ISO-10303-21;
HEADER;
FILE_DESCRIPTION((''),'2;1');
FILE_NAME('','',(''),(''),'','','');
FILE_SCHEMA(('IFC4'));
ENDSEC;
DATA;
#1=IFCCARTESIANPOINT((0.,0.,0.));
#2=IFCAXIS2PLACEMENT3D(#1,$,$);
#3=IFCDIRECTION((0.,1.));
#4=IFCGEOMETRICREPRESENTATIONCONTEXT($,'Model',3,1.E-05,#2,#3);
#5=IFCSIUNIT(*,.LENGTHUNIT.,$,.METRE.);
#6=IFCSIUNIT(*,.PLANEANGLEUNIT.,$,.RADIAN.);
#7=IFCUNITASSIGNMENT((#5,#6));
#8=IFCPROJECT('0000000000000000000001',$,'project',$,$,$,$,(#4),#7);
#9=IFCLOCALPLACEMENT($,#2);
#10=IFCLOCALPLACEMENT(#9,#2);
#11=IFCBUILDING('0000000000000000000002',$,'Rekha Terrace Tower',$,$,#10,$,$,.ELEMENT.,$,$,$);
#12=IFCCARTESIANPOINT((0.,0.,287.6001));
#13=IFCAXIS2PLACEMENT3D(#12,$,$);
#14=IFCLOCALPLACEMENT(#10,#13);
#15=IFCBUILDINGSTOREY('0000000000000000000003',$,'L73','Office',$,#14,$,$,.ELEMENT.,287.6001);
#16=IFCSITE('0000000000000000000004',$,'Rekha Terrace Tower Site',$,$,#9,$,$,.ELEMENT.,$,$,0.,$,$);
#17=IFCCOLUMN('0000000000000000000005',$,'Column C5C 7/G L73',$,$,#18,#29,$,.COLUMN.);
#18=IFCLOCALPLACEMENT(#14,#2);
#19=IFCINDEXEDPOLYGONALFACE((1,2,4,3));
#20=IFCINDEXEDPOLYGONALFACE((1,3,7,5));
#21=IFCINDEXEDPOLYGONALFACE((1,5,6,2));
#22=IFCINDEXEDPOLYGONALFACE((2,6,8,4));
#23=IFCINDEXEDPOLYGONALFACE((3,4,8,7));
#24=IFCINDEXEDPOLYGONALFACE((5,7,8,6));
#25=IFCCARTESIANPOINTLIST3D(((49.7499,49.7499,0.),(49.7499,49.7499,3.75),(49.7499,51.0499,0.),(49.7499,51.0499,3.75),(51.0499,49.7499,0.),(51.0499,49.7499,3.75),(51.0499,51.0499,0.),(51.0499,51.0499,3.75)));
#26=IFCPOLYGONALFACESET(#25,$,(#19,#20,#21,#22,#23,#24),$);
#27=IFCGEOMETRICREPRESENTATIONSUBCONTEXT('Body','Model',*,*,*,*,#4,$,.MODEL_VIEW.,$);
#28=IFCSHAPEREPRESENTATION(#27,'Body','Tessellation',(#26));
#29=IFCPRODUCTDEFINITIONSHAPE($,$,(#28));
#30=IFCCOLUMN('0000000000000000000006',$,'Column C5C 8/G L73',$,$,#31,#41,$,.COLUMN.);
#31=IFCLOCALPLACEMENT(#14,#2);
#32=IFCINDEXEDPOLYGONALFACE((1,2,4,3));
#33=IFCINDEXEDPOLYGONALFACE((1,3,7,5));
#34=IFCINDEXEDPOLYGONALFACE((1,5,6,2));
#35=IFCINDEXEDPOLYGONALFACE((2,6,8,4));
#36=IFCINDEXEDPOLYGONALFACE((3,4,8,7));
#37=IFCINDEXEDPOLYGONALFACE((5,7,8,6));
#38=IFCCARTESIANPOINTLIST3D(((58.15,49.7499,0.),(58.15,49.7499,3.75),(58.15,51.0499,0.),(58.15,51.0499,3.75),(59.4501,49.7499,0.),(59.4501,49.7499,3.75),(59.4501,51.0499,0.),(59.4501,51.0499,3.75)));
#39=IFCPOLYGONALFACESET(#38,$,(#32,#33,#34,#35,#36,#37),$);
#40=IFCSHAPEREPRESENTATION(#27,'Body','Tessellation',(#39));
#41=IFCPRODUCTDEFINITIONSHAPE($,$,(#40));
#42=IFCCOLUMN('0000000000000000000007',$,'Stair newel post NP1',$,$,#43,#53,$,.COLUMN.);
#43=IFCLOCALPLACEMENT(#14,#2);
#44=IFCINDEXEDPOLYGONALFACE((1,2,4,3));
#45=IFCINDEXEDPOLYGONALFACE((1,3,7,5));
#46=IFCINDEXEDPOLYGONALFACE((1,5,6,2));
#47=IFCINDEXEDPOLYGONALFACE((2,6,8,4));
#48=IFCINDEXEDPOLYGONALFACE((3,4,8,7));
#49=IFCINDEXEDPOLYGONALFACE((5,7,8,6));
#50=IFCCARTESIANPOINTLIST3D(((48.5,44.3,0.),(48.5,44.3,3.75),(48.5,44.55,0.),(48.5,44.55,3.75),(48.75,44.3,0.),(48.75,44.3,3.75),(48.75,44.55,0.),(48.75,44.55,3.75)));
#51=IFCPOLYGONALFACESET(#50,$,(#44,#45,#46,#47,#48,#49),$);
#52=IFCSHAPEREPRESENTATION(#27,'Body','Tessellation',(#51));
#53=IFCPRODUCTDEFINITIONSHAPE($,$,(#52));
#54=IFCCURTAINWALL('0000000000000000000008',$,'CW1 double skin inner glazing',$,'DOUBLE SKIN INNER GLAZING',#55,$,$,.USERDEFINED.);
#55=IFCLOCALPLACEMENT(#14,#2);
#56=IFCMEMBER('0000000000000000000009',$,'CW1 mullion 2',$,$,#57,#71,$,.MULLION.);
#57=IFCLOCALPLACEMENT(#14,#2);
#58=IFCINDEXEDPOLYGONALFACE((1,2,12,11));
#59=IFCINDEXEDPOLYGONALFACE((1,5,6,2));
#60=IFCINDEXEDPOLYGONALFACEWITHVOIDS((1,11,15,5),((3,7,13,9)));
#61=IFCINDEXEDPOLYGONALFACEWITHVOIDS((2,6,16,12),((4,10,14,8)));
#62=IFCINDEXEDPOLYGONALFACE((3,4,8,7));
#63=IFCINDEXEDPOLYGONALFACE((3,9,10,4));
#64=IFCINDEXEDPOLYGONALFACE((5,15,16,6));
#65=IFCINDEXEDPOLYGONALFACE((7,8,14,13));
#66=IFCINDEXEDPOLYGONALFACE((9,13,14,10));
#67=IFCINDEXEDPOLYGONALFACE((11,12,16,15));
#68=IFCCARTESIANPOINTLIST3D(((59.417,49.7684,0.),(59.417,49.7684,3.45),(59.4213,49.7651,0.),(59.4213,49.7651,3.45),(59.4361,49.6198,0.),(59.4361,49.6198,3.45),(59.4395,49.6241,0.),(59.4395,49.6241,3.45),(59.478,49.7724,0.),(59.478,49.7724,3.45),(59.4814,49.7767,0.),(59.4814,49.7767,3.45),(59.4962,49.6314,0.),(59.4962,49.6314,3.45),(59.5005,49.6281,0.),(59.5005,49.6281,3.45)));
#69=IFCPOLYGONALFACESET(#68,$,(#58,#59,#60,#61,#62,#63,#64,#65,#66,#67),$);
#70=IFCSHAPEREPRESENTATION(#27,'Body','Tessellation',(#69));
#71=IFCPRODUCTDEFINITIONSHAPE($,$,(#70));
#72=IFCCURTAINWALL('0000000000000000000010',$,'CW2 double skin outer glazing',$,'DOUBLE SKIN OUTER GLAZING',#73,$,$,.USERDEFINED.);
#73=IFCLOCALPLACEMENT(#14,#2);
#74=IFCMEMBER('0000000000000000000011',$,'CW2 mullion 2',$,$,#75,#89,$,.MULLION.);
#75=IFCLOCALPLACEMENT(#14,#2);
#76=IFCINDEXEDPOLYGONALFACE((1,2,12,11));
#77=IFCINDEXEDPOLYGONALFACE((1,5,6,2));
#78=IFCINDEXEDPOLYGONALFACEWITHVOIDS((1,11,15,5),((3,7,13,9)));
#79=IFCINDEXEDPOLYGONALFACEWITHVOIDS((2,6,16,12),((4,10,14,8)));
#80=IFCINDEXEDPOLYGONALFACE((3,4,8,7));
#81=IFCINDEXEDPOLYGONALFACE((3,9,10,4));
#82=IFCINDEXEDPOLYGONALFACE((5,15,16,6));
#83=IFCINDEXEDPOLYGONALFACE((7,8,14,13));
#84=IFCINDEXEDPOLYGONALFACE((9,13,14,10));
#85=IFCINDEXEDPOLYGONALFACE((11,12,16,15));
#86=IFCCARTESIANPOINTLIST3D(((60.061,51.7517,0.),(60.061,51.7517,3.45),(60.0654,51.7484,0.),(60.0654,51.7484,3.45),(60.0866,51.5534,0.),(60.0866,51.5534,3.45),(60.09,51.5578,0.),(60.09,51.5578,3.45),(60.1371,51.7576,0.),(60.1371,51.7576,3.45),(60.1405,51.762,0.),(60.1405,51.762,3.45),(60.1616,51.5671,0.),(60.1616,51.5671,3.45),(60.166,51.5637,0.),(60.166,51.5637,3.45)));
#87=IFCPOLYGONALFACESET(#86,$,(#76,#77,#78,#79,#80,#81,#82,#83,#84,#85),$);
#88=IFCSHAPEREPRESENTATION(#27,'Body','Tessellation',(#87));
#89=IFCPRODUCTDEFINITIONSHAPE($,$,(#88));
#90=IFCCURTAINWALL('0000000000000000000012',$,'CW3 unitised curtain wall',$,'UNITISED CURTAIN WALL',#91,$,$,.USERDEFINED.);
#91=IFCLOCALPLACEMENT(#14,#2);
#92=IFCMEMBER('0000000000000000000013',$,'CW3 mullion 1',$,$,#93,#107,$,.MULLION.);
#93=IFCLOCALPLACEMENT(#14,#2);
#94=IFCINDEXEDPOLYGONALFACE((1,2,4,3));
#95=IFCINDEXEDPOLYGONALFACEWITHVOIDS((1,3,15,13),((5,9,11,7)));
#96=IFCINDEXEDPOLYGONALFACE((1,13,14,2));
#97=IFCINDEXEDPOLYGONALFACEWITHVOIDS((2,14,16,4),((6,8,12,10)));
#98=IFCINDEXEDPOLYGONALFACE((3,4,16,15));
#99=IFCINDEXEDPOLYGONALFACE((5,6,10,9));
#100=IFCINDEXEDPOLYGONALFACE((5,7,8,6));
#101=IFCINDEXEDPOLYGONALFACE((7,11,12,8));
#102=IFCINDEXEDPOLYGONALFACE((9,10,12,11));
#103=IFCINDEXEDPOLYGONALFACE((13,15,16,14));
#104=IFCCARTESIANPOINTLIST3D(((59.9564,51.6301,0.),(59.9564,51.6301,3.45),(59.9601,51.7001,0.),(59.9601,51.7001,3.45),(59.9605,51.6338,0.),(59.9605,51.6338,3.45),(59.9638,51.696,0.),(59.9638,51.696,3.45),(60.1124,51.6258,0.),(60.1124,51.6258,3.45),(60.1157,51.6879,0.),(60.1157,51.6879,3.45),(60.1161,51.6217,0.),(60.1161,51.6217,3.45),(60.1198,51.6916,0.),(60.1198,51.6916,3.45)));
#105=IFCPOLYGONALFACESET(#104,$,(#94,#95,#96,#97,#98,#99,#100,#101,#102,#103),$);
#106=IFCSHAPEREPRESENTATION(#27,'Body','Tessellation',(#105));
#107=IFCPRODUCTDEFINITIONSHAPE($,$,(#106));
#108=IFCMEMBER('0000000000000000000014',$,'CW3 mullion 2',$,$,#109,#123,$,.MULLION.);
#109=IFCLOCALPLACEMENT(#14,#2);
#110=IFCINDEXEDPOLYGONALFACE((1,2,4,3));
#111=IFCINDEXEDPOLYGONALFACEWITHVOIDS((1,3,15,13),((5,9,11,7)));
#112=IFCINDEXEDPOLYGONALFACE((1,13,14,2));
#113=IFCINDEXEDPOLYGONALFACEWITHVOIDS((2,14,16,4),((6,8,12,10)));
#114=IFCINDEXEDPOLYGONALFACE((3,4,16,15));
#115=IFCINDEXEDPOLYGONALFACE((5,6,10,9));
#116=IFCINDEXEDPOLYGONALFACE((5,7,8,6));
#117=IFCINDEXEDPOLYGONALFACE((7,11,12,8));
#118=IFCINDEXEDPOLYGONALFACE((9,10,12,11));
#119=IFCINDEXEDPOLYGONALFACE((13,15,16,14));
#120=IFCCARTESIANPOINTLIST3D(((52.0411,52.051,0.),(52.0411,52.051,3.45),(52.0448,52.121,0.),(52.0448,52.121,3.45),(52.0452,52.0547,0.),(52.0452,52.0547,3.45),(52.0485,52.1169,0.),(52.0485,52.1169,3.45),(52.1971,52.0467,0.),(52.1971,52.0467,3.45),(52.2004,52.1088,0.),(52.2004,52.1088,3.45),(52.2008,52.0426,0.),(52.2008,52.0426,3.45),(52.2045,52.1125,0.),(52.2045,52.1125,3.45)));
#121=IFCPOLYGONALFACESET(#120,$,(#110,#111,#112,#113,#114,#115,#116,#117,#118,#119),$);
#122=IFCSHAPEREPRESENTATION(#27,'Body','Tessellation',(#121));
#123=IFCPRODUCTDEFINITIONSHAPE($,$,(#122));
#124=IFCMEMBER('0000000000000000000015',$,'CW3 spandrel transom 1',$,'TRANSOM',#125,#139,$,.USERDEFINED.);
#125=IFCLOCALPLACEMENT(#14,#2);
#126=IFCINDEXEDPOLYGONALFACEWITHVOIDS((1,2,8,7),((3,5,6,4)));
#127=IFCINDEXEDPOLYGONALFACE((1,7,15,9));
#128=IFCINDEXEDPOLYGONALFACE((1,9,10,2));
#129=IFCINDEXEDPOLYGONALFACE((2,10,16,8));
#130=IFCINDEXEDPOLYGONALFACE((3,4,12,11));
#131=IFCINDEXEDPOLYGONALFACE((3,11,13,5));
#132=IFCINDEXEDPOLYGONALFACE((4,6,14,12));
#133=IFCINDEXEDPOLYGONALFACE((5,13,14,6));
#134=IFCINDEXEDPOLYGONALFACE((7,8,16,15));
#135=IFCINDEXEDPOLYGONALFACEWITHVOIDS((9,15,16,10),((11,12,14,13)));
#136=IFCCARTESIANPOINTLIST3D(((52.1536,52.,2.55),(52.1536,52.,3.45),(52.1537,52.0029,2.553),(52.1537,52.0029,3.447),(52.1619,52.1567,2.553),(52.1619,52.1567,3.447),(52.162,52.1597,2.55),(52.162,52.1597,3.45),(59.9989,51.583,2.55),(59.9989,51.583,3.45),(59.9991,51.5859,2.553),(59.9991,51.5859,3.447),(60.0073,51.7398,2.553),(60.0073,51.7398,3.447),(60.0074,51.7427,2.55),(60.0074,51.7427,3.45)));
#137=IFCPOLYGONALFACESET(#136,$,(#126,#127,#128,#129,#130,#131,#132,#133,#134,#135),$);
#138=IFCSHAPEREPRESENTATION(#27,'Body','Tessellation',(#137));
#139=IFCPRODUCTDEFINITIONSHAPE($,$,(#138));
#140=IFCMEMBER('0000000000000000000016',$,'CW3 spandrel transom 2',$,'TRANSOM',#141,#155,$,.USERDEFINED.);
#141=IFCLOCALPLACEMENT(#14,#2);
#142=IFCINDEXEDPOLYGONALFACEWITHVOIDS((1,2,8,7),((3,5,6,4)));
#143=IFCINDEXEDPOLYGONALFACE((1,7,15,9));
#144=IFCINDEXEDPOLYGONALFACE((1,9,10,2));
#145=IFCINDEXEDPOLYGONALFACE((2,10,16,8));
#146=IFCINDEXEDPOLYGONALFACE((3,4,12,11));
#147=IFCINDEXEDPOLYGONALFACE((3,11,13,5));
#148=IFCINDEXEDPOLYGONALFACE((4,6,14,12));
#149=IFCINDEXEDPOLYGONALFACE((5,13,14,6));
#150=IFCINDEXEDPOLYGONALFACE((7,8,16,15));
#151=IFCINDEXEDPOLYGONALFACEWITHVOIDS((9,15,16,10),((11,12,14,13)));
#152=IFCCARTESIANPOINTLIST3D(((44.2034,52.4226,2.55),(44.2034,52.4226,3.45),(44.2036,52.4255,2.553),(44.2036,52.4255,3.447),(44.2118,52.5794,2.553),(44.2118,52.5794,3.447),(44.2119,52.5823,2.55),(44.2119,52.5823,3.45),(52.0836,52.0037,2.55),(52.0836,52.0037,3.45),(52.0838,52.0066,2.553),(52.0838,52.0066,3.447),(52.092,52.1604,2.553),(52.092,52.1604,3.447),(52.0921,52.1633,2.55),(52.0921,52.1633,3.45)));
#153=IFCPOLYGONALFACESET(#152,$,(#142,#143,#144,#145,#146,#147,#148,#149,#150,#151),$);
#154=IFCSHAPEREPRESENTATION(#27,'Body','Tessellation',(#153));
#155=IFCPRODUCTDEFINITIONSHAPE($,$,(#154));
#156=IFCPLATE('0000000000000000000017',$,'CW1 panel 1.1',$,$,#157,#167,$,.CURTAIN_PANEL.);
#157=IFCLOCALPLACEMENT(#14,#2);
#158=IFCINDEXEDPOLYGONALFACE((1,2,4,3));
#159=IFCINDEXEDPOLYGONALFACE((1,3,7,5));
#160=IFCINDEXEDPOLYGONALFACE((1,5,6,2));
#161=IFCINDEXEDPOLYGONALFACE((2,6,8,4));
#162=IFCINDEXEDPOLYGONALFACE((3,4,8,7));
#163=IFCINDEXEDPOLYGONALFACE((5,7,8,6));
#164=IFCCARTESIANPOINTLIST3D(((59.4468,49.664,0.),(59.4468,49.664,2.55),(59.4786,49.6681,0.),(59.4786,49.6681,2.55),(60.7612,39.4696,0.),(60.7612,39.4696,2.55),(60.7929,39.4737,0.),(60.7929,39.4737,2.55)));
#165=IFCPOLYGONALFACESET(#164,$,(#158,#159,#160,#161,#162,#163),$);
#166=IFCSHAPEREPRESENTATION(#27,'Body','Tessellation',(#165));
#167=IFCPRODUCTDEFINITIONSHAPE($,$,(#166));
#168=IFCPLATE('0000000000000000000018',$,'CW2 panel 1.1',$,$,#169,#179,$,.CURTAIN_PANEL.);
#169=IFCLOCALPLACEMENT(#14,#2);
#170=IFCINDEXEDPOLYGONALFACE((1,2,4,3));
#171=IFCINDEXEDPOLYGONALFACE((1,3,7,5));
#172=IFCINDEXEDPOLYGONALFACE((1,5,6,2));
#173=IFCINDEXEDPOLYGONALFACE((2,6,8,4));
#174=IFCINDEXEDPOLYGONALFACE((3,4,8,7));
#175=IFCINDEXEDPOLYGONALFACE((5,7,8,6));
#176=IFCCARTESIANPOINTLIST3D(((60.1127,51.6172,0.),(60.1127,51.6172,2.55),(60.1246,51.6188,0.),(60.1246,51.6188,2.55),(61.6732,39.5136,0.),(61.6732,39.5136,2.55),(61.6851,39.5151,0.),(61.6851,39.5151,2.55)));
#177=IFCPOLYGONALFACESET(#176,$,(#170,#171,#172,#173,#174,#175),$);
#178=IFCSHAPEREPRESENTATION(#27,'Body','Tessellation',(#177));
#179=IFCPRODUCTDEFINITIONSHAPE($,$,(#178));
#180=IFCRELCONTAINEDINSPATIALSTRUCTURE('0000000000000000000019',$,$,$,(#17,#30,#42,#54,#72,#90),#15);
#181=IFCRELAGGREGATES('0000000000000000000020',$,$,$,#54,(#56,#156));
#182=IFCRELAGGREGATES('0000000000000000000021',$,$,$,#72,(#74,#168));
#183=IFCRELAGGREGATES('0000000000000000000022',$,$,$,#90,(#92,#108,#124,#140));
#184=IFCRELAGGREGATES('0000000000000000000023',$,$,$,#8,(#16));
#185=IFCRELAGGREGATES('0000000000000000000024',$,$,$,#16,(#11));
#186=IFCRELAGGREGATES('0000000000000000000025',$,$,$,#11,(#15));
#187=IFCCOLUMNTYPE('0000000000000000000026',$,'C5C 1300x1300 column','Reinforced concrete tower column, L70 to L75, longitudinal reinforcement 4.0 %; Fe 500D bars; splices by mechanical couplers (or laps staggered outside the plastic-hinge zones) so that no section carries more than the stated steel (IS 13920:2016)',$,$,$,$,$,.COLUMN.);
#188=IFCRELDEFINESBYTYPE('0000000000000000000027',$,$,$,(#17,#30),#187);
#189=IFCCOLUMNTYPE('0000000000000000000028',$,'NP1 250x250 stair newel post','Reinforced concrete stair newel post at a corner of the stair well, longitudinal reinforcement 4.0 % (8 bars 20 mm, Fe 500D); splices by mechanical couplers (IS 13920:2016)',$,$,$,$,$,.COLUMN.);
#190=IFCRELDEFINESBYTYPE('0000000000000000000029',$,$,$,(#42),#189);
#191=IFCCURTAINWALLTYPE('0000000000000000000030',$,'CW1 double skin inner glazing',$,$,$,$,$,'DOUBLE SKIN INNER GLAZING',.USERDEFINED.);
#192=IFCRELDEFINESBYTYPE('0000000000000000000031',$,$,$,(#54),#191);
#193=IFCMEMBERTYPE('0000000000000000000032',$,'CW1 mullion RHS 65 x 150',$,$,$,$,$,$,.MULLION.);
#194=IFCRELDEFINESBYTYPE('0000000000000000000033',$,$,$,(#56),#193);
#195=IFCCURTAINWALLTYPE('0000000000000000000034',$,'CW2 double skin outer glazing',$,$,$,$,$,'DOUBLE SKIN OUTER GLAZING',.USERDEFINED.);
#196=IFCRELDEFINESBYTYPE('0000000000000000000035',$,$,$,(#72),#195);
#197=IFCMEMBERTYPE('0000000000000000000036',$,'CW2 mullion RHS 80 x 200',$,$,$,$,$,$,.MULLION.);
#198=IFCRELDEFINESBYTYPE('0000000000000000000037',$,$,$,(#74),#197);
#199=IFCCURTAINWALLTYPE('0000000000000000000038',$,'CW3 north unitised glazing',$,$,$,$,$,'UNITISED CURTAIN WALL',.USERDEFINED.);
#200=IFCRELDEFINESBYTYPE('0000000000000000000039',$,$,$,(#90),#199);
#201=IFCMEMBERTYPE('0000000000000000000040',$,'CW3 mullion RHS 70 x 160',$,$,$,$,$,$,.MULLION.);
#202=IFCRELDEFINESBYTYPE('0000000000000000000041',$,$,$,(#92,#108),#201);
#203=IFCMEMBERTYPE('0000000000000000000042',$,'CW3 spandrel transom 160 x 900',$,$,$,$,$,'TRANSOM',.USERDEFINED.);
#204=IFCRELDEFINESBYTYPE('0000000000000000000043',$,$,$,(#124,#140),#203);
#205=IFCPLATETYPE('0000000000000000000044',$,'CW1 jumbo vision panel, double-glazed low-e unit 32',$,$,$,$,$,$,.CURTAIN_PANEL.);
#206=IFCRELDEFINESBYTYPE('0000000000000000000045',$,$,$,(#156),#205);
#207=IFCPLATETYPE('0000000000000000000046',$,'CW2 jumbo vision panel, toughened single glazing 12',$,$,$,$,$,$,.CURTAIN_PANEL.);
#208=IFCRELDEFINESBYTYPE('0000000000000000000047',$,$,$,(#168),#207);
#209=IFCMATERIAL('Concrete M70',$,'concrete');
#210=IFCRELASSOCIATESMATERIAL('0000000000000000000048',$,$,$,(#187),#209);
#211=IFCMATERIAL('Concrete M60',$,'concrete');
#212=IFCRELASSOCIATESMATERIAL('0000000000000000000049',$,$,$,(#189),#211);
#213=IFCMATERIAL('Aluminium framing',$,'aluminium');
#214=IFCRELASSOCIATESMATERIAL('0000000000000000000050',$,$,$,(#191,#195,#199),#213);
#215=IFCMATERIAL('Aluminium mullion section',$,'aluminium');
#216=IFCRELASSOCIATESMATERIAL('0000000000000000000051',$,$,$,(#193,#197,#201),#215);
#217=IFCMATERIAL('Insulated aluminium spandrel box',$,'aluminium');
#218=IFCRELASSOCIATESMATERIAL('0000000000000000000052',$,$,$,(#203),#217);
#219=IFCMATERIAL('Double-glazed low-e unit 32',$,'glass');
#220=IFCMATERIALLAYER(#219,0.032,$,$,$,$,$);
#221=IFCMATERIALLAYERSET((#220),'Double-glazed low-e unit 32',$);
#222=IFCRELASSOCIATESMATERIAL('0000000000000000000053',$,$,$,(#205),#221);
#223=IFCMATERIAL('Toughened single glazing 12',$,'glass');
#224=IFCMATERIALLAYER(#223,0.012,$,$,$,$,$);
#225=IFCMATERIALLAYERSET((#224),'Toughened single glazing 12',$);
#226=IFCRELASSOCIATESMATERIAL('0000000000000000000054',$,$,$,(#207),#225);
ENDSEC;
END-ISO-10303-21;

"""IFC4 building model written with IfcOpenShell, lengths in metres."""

from ifc_helpers import new_model, si_unit, direction, frame, origin, origin_2d, place, context, subcontext, project, spatial, rectangle, hollow_rectangle, extrude, material, layer, layer_set, material_profile, profile_set, type_object, element, aggregate, save


model = new_model("IFC4")

# Units and contexts
model_context = context("Model", 3, precision=1e-05, world=origin(), true_north=direction((0.0, 1.0)))
body_context = subcontext(model_context, "Body", "Model", "MODEL_VIEW")
ifc_project = project(units=[si_unit("LENGTHUNIT", "METRE"), si_unit("PLANEANGLEUNIT", "RADIAN")], contexts=[model_context])

# Site, building, storey
site_placement = place(None, origin())
site = spatial("IfcSite", under=ifc_project, at=site_placement, Name="Rekha Terrace Tower Site", CompositionType="ELEMENT", RefElevation=0.0)
building_placement = place(site_placement, origin())
building = spatial("IfcBuilding", under=site, at=building_placement, Name="Rekha Terrace Tower", CompositionType="ELEMENT")
storey_placement = place(building_placement, frame((0.0, 0.0, 287.6001)))
storey = spatial("IfcBuildingStorey", under=building, at=storey_placement, Name="L73", Description="Office", CompositionType="ELEMENT", Elevation=287.6001)

# Columns
ifc_material_1 = material(Name="Concrete M70", Category="concrete")
ifc_material_profile_1 = material_profile(ifc_material_1, rectangle(XDim=1.3, YDim=1.3, at=origin_2d()), Name="RC 1300x1300")
ifc_profile_set_1 = profile_set([ifc_material_profile_1], Name="Concrete M70")
column_type_1 = type_object("IfcColumnType", Name="C5C 1300x1300 column", Description="Reinforced concrete tower column, L70 to L75, longitudinal reinforcement 4.0 %; Fe 500D bars; splices by mechanical couplers (or laps staggered outside the plastic-hinge zones) so that no section carries more than the stated steel (IS 13920:2016)", PredefinedType="COLUMN", material=ifc_profile_set_1)
for number, where, z_axis, x_axis, name in (
    (1, (50.3999, 50.3999, 0.0), (0.0, 0.0, 1.0), (1.0, 0.0, 0.0), "Column C5C 7/G L73"),
    (2, (58.8, 50.3999, 0.0), (0.0, 0.0, 1.0), (1.0, 0.0, 0.0), "Column C5C 8/G L73"),
):
    element("IfcColumn", number, at=place(storey_placement, frame(where, z_axis=z_axis, x_axis=x_axis)), inside=storey, type_object=column_type_1, Name=name, PredefinedType="COLUMN", context=body_context, shape_type="SweptSolid", body=[
        extrude(rectangle(XDim=1.3, YDim=1.3, at=origin_2d()), origin(), (0.0, 0.0, 1.0), 3.75),
    ])
ifc_material_2 = material(Name="Concrete M60", Category="concrete")
ifc_material_profile_2 = material_profile(ifc_material_2, rectangle(XDim=0.25, YDim=0.25, at=origin_2d()), Name="RC 250x250")
ifc_profile_set_2 = profile_set([ifc_material_profile_2], Name="Concrete M60")
column_type_2 = type_object("IfcColumnType", Name="NP1 250x250 stair newel post", Description="Reinforced concrete stair newel post at a corner of the stair well, longitudinal reinforcement 4.0 % (8 bars 20 mm, Fe 500D); splices by mechanical couplers (IS 13920:2016)", PredefinedType="COLUMN", material=ifc_profile_set_2)
column_placement = place(storey_placement, frame((48.625, 44.425, 0.0), z_axis=(0.0, 0.0, 1.0), x_axis=(1.0, 0.0, 0.0)))
element("IfcColumn", 3, at=column_placement, inside=storey, type_object=column_type_2, Name="Stair newel post NP1", PredefinedType="COLUMN", context=body_context, shape_type="SweptSolid", body=[
    extrude(rectangle(XDim=0.25, YDim=0.25, at=origin_2d()), origin(), (0.0, 0.0, 1.0), 3.75),
])

# Curtain walls, members
ifc_material_3 = material(Name="Aluminium framing", Category="aluminium")
curtain_wall_type_1 = type_object("IfcCurtainWallType", Name="CW1 double skin inner glazing", ElementType="DOUBLE SKIN INNER GLAZING", PredefinedType="USERDEFINED", material=ifc_material_3)
curtain_wall_1_placement = place(storey_placement, origin())
curtain_wall_1 = element("IfcCurtainWall", 4, at=curtain_wall_1_placement, inside=storey, type_object=curtain_wall_type_1, Name="CW1 double skin inner glazing", ObjectType="DOUBLE SKIN INNER GLAZING", PredefinedType="USERDEFINED")
ifc_material_4 = material(Name="Aluminium mullion section", Category="aluminium")
ifc_material_profile_3 = material_profile(ifc_material_4, hollow_rectangle(XDim=0.0649, YDim=0.1499, WallThickness=0.0039, at=origin_2d()), Name="AL RHS 65x150")
ifc_profile_set_3 = profile_set([ifc_material_profile_3], Name="Aluminium mullion section")
member_type_1 = type_object("IfcMemberType", Name="CW1 mullion RHS 65 x 150", PredefinedType="MULLION", material=ifc_profile_set_3)
member_1_placement = place(storey_placement, frame((59.4587, 49.6982, 0.0), z_axis=(0.0, 0.0, 1.0), x_axis=(-0.991791, -0.12787, 0.0)))
member_1 = element("IfcMember", 5, at=member_1_placement, type_object=member_type_1, Name="CW1 mullion 2", PredefinedType="MULLION", context=body_context, shape_type="SweptSolid", body=[
    extrude(hollow_rectangle(XDim=0.0649, YDim=0.1499, WallThickness=0.0039, at=origin_2d()), origin(), (0.0, 0.0, 1.0), 3.45),
])
curtain_wall_type_2 = type_object("IfcCurtainWallType", Name="CW2 double skin outer glazing", ElementType="DOUBLE SKIN OUTER GLAZING", PredefinedType="USERDEFINED", material=ifc_material_3)
curtain_wall_2_placement = place(storey_placement, origin())
curtain_wall_2 = element("IfcCurtainWall", 6, at=curtain_wall_2_placement, inside=storey, type_object=curtain_wall_type_2, Name="CW2 double skin outer glazing", ObjectType="DOUBLE SKIN OUTER GLAZING", PredefinedType="USERDEFINED")
ifc_material_profile_4 = material_profile(ifc_material_4, hollow_rectangle(XDim=0.0801, YDim=0.2, WallThickness=0.0039, at=origin_2d()), Name="AL RHS 80x200")
ifc_profile_set_4 = profile_set([ifc_material_profile_4], Name="Aluminium mullion section")
member_type_2 = type_object("IfcMemberType", Name="CW2 mullion RHS 80 x 200", PredefinedType="MULLION", material=ifc_profile_set_4)
member_2_placement = place(storey_placement, frame((60.1135, 51.6577, 0.0), z_axis=(0.0, 0.0, 1.0), x_axis=(-0.991791, -0.12787, 0.0)))
member_2 = element("IfcMember", 7, at=member_2_placement, type_object=member_type_2, Name="CW2 mullion 2", PredefinedType="MULLION", context=body_context, shape_type="SweptSolid", body=[
    extrude(hollow_rectangle(XDim=0.0801, YDim=0.2, WallThickness=0.0039, at=origin_2d()), origin(), (0.0, 0.0, 1.0), 3.45),
])

# Curtain wall, members
curtain_wall_type_3 = type_object("IfcCurtainWallType", Name="CW3 north unitised glazing", ElementType="UNITISED CURTAIN WALL", PredefinedType="USERDEFINED", material=ifc_material_3)
curtain_wall_3_placement = place(storey_placement, origin())
curtain_wall_3 = element("IfcCurtainWall", 8, at=curtain_wall_3_placement, inside=storey, type_object=curtain_wall_type_3, Name="CW3 unitised curtain wall", ObjectType="UNITISED CURTAIN WALL", PredefinedType="USERDEFINED")
ifc_material_profile_5 = material_profile(ifc_material_4, hollow_rectangle(XDim=0.0701, YDim=0.1599, WallThickness=0.0039, at=origin_2d()), Name="AL RHS 70x160")
ifc_profile_set_5 = profile_set([ifc_material_profile_5], Name="Aluminium mullion section")
member_type_3 = type_object("IfcMemberType", Name="CW3 mullion RHS 70 x 160", PredefinedType="MULLION", material=ifc_profile_set_5)
member_3_placement = place(storey_placement, frame((60.0381, 51.6609, 0.0), z_axis=(0.0, 0.0, 1.0), x_axis=(-0.053083, -0.99859, 0.0)))
member_3 = element("IfcMember", 9, at=member_3_placement, type_object=member_type_3, Name="CW3 mullion 1", PredefinedType="MULLION", context=body_context, shape_type="SweptSolid", body=[
    extrude(hollow_rectangle(XDim=0.0701, YDim=0.1599, WallThickness=0.0039, at=origin_2d()), origin(), (0.0, 0.0, 1.0), 3.45),
])
member_4_placement = place(storey_placement, frame((52.1228, 52.0818, 0.0), z_axis=(0.0, 0.0, 1.0), x_axis=(-0.053083, -0.99859, 0.0)))
member_4 = element("IfcMember", 10, at=member_4_placement, type_object=member_type_3, Name="CW3 mullion 2", PredefinedType="MULLION", context=body_context, shape_type="SweptSolid", body=[
    extrude(hollow_rectangle(XDim=0.0701, YDim=0.1599, WallThickness=0.0039, at=origin_2d()), origin(), (0.0, 0.0, 1.0), 3.45),
])
ifc_material_5 = material(Name="Insulated aluminium spandrel box", Category="aluminium")
ifc_material_profile_6 = material_profile(ifc_material_5, hollow_rectangle(XDim=0.1599, YDim=0.8999, WallThickness=0.0029, at=origin_2d()), Name="AL SPANDREL BOX 160x900")
ifc_profile_set_6 = profile_set([ifc_material_profile_6], Name="Insulated aluminium spandrel box")
member_type_4 = type_object("IfcMemberType", Name="CW3 spandrel transom 160 x 900", ElementType="TRANSOM", PredefinedType="USERDEFINED", material=ifc_profile_set_6)
member_5_placement = place(storey_placement, frame((60.0032, 51.6628, 3.0), z_axis=(-0.99859, 0.053076, 0.0), x_axis=(-0.053076, -0.99859, 0.0)))
member_5 = element("IfcMember", 11, at=member_5_placement, type_object=member_type_4, Name="CW3 spandrel transom 1", ObjectType="TRANSOM", PredefinedType="USERDEFINED", context=body_context, shape_type="SweptSolid", body=[
    extrude(hollow_rectangle(XDim=0.1599, YDim=0.8999, WallThickness=0.0029, at=origin_2d()), origin(), (0.0, 0.0, 1.0), 7.8564),
])
member_6_placement = place(storey_placement, frame((52.0879, 52.0835, 3.0), z_axis=(-0.99859, 0.05309, 0.0), x_axis=(-0.05309, -0.99859, 0.0)))
member_6 = element("IfcMember", 12, at=member_6_placement, type_object=member_type_4, Name="CW3 spandrel transom 2", ObjectType="TRANSOM", PredefinedType="USERDEFINED", context=body_context, shape_type="SweptSolid", body=[
    extrude(hollow_rectangle(XDim=0.1599, YDim=0.8999, WallThickness=0.0029, at=origin_2d()), origin(), (0.0, 0.0, 1.0), 7.8914),
])

# Plates
ifc_material_6 = material(Name="Double-glazed low-e unit 32", Category="glass")
ifc_layer_1 = layer(ifc_material_6, 0.032)
ifc_layer_set_1 = layer_set([ifc_layer_1], Name="Double-glazed low-e unit 32")
plate_type_1 = type_object("IfcPlateType", Name="CW1 jumbo vision panel, double-glazed low-e unit 32", PredefinedType="CURTAIN_PANEL", material=ifc_layer_set_1)
plate_1_placement = place(storey_placement, frame((60.1199, 44.5688, 0.0), z_axis=(0.0, 0.0, 1.0), x_axis=(-0.12787, 0.991791, 0.0)))
plate_1 = element("IfcPlate", 13, at=plate_1_placement, type_object=plate_type_1, Name="CW1 panel 1.1", PredefinedType="CURTAIN_PANEL", context=body_context, shape_type="SweptSolid", body=[
    extrude(rectangle(XDim=10.2788, YDim=0.032, at=origin_2d()), origin(), (0.0, 0.0, 1.0), 2.55),
])
aggregate(curtain_wall_1, [member_1, plate_1])
ifc_material_7 = material(Name="Toughened single glazing 12", Category="glass")
ifc_layer_2 = layer(ifc_material_7, 0.012)
ifc_layer_set_2 = layer_set([ifc_layer_2], Name="Toughened single glazing 12")
plate_type_2 = type_object("IfcPlateType", Name="CW2 jumbo vision panel, toughened single glazing 12", PredefinedType="CURTAIN_PANEL", material=ifc_layer_set_2)
plate_2_placement = place(storey_placement, frame((60.8989, 45.5662, 0.0), z_axis=(0.0, 0.0, 1.0), x_axis=(-0.12787, 0.991791, 0.0)))
plate_2 = element("IfcPlate", 14, at=plate_2_placement, type_object=plate_type_2, Name="CW2 panel 1.1", PredefinedType="CURTAIN_PANEL", context=body_context, shape_type="SweptSolid", body=[
    extrude(rectangle(XDim=12.2039, YDim=0.012, at=origin_2d()), origin(), (0.0, 0.0, 1.0), 2.55),
])
aggregate(curtain_wall_2, [member_2, plate_2])
aggregate(curtain_wall_3, [member_3, member_4, member_5, member_6])

save(model, "model.ifc")
